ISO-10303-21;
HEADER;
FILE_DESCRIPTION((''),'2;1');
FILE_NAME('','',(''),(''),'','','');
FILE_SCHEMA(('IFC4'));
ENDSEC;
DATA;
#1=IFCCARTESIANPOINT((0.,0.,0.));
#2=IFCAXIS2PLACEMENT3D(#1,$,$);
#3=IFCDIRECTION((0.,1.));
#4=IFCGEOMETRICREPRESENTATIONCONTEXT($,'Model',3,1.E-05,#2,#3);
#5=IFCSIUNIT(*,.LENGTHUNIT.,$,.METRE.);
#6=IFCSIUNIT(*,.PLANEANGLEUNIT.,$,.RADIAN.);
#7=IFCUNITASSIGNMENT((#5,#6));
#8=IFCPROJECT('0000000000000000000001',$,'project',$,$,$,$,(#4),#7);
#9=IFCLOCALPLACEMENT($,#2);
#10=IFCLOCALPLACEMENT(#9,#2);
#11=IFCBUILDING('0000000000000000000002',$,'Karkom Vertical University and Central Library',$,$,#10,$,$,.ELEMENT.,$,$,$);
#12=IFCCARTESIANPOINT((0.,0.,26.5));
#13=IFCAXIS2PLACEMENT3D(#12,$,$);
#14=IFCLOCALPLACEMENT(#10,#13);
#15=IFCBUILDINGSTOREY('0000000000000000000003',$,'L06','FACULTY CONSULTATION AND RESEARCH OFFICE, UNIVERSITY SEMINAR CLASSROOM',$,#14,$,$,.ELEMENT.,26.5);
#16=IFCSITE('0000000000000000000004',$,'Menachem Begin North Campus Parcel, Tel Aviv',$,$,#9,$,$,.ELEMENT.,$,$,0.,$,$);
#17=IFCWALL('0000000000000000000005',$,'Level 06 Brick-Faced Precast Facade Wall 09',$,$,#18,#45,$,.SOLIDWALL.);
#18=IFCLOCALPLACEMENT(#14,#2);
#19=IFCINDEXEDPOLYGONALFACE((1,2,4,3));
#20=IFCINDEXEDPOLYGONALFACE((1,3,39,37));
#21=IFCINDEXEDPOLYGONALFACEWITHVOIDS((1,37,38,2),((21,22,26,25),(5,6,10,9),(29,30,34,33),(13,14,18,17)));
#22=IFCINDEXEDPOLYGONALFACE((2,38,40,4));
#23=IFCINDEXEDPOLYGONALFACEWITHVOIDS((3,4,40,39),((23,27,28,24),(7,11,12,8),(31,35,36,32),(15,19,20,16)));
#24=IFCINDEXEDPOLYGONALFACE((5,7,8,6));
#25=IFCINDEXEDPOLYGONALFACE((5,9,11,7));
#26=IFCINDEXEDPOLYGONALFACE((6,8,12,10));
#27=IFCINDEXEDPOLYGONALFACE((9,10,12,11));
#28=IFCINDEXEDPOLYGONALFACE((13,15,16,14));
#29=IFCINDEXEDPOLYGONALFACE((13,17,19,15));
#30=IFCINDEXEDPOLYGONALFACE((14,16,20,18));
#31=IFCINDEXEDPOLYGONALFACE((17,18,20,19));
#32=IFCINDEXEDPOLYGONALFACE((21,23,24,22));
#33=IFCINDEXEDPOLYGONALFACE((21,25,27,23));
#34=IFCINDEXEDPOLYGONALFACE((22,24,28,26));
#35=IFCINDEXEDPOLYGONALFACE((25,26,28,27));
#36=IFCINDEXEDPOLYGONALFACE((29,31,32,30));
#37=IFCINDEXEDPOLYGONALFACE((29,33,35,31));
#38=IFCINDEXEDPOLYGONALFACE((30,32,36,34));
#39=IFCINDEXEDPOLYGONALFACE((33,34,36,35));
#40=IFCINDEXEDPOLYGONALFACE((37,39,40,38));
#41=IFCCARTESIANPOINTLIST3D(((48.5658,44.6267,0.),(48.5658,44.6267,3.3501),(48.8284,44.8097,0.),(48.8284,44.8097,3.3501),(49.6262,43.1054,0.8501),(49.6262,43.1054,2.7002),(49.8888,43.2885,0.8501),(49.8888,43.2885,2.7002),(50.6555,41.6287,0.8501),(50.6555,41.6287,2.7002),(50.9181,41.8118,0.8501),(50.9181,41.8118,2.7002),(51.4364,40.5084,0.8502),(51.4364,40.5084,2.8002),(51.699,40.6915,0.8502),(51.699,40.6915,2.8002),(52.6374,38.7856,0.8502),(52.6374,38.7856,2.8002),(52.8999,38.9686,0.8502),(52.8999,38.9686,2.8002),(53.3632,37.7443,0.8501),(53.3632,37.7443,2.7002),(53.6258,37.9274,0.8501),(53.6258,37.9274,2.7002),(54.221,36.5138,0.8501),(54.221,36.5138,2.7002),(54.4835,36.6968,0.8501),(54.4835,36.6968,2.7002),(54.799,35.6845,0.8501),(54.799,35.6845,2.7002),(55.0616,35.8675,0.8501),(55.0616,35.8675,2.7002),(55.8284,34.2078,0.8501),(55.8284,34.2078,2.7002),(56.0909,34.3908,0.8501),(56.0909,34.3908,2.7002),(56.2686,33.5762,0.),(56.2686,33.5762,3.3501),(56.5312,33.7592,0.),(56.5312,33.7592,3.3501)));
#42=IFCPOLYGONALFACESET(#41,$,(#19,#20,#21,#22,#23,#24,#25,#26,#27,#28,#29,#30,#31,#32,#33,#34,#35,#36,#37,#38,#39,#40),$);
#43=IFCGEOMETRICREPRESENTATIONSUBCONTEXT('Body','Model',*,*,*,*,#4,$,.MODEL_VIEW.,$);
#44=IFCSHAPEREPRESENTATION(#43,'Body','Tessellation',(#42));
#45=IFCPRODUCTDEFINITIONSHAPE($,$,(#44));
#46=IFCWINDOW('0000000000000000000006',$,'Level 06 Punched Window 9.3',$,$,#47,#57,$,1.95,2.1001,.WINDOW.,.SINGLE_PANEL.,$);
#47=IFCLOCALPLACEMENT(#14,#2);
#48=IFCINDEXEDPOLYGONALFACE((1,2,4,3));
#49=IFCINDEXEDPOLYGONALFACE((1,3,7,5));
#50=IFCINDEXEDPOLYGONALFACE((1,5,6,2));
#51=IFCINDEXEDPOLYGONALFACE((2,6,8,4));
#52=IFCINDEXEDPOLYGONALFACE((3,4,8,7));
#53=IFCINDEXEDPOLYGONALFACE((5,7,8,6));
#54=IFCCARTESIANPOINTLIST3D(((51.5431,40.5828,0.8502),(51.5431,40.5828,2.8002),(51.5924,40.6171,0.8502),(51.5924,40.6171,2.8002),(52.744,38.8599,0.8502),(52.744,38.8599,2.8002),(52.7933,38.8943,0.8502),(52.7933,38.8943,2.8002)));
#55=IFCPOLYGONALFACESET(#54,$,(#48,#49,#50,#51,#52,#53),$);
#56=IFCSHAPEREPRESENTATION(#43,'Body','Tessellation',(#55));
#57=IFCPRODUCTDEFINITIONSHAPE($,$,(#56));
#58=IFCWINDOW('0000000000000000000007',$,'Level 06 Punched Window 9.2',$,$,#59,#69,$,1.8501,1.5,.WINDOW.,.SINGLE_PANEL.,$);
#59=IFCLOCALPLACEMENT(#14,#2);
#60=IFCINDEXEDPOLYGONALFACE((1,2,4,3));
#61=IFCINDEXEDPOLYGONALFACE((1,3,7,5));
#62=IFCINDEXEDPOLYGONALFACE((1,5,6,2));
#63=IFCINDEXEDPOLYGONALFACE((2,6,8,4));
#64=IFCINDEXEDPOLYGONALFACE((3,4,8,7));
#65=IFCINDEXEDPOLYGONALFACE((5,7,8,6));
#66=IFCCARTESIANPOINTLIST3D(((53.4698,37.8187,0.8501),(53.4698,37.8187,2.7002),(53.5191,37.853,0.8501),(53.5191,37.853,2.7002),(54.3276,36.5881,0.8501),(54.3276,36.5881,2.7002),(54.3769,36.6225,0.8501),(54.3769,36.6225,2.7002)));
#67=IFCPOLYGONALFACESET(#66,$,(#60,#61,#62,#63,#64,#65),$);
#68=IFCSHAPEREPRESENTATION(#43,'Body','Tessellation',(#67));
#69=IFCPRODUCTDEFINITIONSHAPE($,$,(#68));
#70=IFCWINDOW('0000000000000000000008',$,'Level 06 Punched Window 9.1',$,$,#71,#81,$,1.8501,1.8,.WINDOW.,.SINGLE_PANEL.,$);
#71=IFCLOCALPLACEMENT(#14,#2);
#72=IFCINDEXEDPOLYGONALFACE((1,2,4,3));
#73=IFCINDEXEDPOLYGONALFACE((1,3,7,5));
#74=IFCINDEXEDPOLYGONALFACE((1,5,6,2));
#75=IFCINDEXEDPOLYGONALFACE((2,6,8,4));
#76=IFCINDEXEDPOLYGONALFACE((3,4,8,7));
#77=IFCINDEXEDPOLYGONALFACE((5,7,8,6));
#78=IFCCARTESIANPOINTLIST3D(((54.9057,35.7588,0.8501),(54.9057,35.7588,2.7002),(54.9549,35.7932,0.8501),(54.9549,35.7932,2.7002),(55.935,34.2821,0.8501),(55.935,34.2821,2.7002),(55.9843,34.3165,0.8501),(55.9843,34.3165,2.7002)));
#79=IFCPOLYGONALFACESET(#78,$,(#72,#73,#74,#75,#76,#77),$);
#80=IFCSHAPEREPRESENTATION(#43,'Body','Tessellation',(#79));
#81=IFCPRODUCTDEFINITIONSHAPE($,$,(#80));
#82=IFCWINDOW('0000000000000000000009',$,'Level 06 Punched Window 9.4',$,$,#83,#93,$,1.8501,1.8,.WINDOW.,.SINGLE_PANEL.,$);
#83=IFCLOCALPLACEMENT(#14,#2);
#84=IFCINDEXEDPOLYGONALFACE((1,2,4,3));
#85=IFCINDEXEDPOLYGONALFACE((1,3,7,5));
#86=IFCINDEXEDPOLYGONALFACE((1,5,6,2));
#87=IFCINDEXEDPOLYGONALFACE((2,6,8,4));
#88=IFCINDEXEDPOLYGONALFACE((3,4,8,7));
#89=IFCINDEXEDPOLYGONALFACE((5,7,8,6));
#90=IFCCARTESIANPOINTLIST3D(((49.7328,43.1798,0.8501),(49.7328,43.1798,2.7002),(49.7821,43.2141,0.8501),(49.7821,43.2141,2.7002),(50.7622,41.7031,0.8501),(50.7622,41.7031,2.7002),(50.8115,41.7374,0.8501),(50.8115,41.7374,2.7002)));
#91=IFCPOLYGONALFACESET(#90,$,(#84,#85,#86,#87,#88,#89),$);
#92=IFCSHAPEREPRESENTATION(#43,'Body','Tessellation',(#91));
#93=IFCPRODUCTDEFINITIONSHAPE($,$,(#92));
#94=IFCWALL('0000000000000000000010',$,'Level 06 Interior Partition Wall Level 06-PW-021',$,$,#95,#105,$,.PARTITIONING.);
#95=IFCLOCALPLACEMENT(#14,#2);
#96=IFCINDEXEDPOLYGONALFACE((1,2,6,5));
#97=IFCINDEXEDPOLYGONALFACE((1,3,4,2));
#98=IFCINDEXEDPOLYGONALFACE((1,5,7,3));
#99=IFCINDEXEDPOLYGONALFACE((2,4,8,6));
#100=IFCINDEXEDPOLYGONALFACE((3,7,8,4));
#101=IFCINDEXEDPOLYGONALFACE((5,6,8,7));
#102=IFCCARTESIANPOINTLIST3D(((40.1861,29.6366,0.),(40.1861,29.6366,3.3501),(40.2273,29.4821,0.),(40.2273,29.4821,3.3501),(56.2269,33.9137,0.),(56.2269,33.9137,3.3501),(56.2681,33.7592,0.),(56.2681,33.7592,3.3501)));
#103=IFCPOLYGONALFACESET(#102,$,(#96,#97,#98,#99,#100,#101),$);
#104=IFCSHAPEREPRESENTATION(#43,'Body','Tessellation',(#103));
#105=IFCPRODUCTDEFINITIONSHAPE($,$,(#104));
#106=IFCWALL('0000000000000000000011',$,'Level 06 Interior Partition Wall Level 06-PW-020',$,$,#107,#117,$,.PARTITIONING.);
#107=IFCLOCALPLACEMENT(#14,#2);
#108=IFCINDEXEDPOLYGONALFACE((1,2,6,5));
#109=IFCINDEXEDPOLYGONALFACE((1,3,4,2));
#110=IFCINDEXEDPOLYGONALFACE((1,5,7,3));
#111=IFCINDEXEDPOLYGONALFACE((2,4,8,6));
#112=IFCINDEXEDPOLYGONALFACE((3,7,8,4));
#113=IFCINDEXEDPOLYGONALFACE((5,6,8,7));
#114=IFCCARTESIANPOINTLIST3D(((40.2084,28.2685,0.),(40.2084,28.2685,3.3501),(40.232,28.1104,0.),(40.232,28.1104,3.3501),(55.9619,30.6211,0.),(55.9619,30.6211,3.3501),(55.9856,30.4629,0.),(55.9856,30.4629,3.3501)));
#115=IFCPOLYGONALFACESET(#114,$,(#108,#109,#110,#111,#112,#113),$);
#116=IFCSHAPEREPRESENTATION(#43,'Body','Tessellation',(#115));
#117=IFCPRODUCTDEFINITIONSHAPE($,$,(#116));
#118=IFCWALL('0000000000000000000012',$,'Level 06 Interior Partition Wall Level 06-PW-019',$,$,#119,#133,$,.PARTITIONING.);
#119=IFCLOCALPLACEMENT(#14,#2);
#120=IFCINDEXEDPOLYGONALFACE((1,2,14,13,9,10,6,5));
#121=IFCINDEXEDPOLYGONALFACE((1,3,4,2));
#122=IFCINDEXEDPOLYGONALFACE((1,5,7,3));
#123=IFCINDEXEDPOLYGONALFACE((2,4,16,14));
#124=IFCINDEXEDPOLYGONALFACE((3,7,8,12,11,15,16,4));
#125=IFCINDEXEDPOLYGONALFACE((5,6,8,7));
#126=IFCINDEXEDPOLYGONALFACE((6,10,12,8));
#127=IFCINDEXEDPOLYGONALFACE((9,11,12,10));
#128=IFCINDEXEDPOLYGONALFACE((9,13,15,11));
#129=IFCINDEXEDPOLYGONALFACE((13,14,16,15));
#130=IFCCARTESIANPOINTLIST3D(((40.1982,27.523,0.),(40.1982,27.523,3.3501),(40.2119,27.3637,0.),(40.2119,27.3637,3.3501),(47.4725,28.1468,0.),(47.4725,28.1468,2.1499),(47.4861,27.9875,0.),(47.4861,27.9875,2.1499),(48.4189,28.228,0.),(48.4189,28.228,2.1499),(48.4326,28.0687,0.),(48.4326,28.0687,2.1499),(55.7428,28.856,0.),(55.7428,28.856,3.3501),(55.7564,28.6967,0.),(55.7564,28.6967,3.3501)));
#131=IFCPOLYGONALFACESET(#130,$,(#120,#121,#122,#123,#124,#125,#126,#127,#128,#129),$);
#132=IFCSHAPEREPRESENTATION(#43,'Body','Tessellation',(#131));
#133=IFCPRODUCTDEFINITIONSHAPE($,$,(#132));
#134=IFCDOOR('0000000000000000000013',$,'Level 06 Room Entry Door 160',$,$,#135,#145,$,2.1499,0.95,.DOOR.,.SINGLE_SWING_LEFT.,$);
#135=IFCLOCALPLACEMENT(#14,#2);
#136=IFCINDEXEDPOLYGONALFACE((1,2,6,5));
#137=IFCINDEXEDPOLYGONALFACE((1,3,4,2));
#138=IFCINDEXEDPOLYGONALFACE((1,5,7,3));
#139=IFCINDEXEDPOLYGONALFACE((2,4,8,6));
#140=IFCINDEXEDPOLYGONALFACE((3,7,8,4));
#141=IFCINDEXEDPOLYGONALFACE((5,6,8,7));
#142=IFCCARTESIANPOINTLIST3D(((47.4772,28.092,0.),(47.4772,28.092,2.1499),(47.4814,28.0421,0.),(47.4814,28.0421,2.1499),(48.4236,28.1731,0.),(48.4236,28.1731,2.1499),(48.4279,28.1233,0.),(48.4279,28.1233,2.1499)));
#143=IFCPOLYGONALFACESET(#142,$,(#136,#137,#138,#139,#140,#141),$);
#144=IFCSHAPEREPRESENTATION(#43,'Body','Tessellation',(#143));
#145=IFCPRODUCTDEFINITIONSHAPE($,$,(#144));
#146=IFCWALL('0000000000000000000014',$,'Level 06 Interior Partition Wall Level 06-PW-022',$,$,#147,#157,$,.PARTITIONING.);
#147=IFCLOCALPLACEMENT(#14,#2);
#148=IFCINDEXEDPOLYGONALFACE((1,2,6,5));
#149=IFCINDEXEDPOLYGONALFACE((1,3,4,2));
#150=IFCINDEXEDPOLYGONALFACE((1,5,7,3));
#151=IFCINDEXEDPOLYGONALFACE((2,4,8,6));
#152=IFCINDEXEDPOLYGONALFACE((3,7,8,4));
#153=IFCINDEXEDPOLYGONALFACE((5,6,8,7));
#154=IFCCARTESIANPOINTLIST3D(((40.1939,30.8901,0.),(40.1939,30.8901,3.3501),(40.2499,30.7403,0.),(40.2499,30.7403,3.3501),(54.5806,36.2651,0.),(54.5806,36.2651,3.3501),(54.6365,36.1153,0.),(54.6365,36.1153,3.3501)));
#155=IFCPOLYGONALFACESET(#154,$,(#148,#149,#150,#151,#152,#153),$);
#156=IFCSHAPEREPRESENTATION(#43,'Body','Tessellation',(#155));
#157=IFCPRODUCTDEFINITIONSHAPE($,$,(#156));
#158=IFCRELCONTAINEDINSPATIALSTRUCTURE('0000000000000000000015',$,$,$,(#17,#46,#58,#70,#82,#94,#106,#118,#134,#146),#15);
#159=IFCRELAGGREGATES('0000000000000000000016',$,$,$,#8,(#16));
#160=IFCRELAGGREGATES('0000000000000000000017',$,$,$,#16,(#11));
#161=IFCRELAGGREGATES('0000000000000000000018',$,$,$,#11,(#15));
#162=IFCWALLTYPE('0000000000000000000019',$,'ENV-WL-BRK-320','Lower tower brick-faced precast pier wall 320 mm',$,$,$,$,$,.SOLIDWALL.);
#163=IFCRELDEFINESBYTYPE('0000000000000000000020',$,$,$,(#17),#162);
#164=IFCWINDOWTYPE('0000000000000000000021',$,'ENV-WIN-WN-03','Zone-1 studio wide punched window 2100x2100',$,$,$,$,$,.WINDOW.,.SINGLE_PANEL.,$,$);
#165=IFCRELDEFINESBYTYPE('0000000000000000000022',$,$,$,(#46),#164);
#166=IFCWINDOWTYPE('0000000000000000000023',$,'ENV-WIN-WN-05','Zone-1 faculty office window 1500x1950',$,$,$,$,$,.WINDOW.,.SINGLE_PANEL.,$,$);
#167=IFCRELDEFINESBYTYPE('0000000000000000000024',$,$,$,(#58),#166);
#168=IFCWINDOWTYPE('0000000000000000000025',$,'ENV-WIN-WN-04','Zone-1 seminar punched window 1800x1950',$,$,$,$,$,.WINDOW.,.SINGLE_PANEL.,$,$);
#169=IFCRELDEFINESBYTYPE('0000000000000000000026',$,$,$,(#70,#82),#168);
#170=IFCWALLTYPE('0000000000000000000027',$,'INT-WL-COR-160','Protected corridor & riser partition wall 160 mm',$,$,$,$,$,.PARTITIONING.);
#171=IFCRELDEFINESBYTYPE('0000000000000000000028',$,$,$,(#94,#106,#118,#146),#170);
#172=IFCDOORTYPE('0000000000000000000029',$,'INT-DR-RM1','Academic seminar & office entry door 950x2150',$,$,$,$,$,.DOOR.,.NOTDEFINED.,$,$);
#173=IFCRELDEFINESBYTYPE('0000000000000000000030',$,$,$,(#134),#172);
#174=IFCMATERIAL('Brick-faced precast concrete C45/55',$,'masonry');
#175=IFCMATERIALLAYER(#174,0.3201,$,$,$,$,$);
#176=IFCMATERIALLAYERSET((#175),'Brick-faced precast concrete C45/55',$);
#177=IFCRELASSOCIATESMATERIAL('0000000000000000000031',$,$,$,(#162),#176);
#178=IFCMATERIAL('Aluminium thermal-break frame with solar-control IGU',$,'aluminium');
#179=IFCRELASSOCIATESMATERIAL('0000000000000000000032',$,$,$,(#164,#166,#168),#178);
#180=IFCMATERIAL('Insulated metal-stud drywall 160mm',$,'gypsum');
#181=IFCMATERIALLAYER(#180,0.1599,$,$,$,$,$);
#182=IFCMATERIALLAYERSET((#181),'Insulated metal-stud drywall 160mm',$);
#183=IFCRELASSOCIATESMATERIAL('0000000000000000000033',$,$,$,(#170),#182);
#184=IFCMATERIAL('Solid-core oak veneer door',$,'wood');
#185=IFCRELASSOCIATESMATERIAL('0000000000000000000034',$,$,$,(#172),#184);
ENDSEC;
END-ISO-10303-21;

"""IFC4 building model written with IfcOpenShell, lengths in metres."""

from ifc_helpers import new_model, si_unit, direction, frame, frame_2d, origin, origin_with_axes, place, context, subcontext, project, spatial, rectangle, extrude, source, transform, mapped, material, layer, layer_set, type_object, element, fill, save


model = new_model("IFC4")

# Units and contexts
model_context = context("Model", 3, precision=1e-05, world=origin(), true_north=direction((0.0, 1.0)))
body_context = subcontext(model_context, "Body", "Model", "MODEL_VIEW")
ifc_project = project(units=[si_unit("LENGTHUNIT", "METRE"), si_unit("PLANEANGLEUNIT", "RADIAN")], contexts=[model_context])

# Site, building, storey
site_placement = place(None, origin())
site = spatial("IfcSite", under=ifc_project, at=site_placement, Name="Menachem Begin North Campus Parcel, Tel Aviv", CompositionType="ELEMENT", RefElevation=0.0)
building_placement = place(site_placement, origin())
building = spatial("IfcBuilding", under=site, at=building_placement, Name="Karkom Vertical University and Central Library", CompositionType="ELEMENT")
storey_placement = place(building_placement, frame((0.0, 0.0, 26.5)))
storey = spatial("IfcBuildingStorey", under=building, at=storey_placement, Name="L06", Description="FACULTY CONSULTATION AND RESEARCH OFFICE, UNIVERSITY SEMINAR CLASSROOM", CompositionType="ELEMENT", Elevation=26.5)

# Wall, openings, windows
ifc_material_1 = material(Name="Brick-faced precast concrete C45/55", Category="masonry")
ifc_layer_1 = layer(ifc_material_1, 0.3201)
ifc_layer_set_1 = layer_set([ifc_layer_1], Name="Brick-faced precast concrete C45/55")
wall_type_1 = type_object("IfcWallType", Name="ENV-WL-BRK-320", Description="Lower tower brick-faced precast pier wall 320 mm", PredefinedType="SOLIDWALL", material=ifc_layer_set_1)
wall_1_placement = place(storey_placement, frame((56.3999, 33.6677, 0.0), z_axis=(0.0, 0.0, 1.0), x_axis=(-0.571842, 0.820364, 0.0)))
wall_1 = element("IfcWall", 1, at=wall_1_placement, inside=storey, type_object=wall_type_1, Name="Level 06 Brick-Faced Precast Facade Wall 09", PredefinedType="SOLIDWALL", context=body_context, shape_type="SweptSolid", body=[
    extrude(rectangle(XDim=13.4702, YDim=0.3201, at=frame_2d((6.7351, 0.0))), origin(), (0.0, 0.0, 1.0), 3.3501),
])
opening_1_placement = place(wall_1_placement, frame((0.77, 0.0, 0.8501)))
opening_1 = element("IfcOpeningElement", 2, at=opening_1_placement, cuts=wall_1, PredefinedType="OPENING", context=body_context, shape_type="SweptSolid", body=[
    extrude(rectangle(XDim=1.8, YDim=1.8501, at=frame_2d((0.8999, 0.925))), frame((0.0, 0.1699, 0.0), z_axis=(0.0, -1.0, 0.0), x_axis=(1.0, 0.0, 0.0)), (0.0, 0.0, 1.0), 0.3401),
])
opening_2_placement = place(wall_1_placement, frame((3.5808, 0.0, 0.8501)))
opening_2 = element("IfcOpeningElement", 3, at=opening_2_placement, cuts=wall_1, PredefinedType="OPENING", context=body_context, shape_type="SweptSolid", body=[
    extrude(rectangle(XDim=1.5, YDim=1.8501, at=frame_2d((0.75, 0.925))), frame((0.0, 0.1699, 0.0), z_axis=(0.0, -1.0, 0.0), x_axis=(1.0, 0.0, 0.0)), (0.0, 0.0, 1.0), 0.3401),
])
opening_3_placement = place(wall_1_placement, frame((6.3501, 0.0, 0.8501)))
opening_3 = element("IfcOpeningElement", 4, at=opening_3_placement, cuts=wall_1, PredefinedType="OPENING", context=body_context, shape_type="SweptSolid", body=[
    extrude(rectangle(XDim=2.1001, YDim=1.95, at=frame_2d((1.05, 0.9751))), frame((0.0, 0.1699, 0.0), z_axis=(0.0, -1.0, 0.0), x_axis=(1.0, 0.0, 0.0)), (0.0, 0.0, 1.0), 0.3401),
])
opening_4_placement = place(wall_1_placement, frame((9.8159, 0.0, 0.8501)))
opening_4 = element("IfcOpeningElement", 5, at=opening_4_placement, cuts=wall_1, PredefinedType="OPENING", context=body_context, shape_type="SweptSolid", body=[
    extrude(rectangle(XDim=1.8, YDim=1.8501, at=frame_2d((0.8999, 0.925))), frame((0.0, 0.1699, 0.0), z_axis=(0.0, -1.0, 0.0), x_axis=(1.0, 0.0, 0.0)), (0.0, 0.0, 1.0), 0.3401),
])
ifc_material_2 = material(Name="Aluminium thermal-break frame with solar-control IGU", Category="aluminium")
window_type_1 = type_object("IfcWindowType", Name="ENV-WIN-WN-03", Description="Zone-1 studio wide punched window 2100x2100", PartitioningType="SINGLE_PANEL", PredefinedType="WINDOW", material=ifc_material_2)
shared_shape_1 = source(origin_with_axes(), body_context, "Body", "SweptSolid", [
    extrude(rectangle(XDim=2.1001, YDim=1.95, at=frame_2d((1.05, 0.9751))), frame((0.0, 0.03, 0.0), z_axis=(0.0, -1.0, 0.0), x_axis=(1.0, 0.0, 0.0)), (0.0, 0.0, 1.0), 0.0601),
])
window_1_placement = place(opening_3_placement, origin())
window_1 = element("IfcWindow", 6, at=window_1_placement, inside=storey, type_object=window_type_1, Name="Level 06 Punched Window 9.3", OverallHeight=1.95, OverallWidth=2.1001, PartitioningType="SINGLE_PANEL", PredefinedType="WINDOW", context=body_context, shape_type="MappedRepresentation", body=[
    mapped(shared_shape_1, transform((0.0, 0.0, 0.0), scale=1.0)),
])
fill(opening_3, window_1)
window_type_2 = type_object("IfcWindowType", Name="ENV-WIN-WN-05", Description="Zone-1 faculty office window 1500x1950", PartitioningType="SINGLE_PANEL", PredefinedType="WINDOW", material=ifc_material_2)
shared_shape_2 = source(origin_with_axes(), body_context, "Body", "SweptSolid", [
    extrude(rectangle(XDim=1.5, YDim=1.8501, at=frame_2d((0.75, 0.925))), frame((0.0, 0.03, 0.0), z_axis=(0.0, -1.0, 0.0), x_axis=(1.0, 0.0, 0.0)), (0.0, 0.0, 1.0), 0.0601),
])
window_2_placement = place(opening_2_placement, origin())
window_2 = element("IfcWindow", 7, at=window_2_placement, inside=storey, type_object=window_type_2, Name="Level 06 Punched Window 9.2", OverallHeight=1.8501, OverallWidth=1.5, PartitioningType="SINGLE_PANEL", PredefinedType="WINDOW", context=body_context, shape_type="MappedRepresentation", body=[
    mapped(shared_shape_2, transform((0.0, 0.0, 0.0), scale=1.0)),
])
fill(opening_2, window_2)
window_type_3 = type_object("IfcWindowType", Name="ENV-WIN-WN-04", Description="Zone-1 seminar punched window 1800x1950", PartitioningType="SINGLE_PANEL", PredefinedType="WINDOW", material=ifc_material_2)
shared_shape_3 = source(origin_with_axes(), body_context, "Body", "SweptSolid", [
    extrude(rectangle(XDim=1.8, YDim=1.8501, at=frame_2d((0.8999, 0.925))), frame((0.0, 0.03, 0.0), z_axis=(0.0, -1.0, 0.0), x_axis=(1.0, 0.0, 0.0)), (0.0, 0.0, 1.0), 0.0601),
])
window_3_placement = place(opening_1_placement, origin())
window_3 = element("IfcWindow", 8, at=window_3_placement, inside=storey, type_object=window_type_3, Name="Level 06 Punched Window 9.1", OverallHeight=1.8501, OverallWidth=1.8, PartitioningType="SINGLE_PANEL", PredefinedType="WINDOW", context=body_context, shape_type="MappedRepresentation", body=[
    mapped(shared_shape_3, transform((0.0, 0.0, 0.0), scale=1.0)),
])
fill(opening_1, window_3)
window_4_placement = place(opening_4_placement, origin())
window_4 = element("IfcWindow", 9, at=window_4_placement, inside=storey, type_object=window_type_3, Name="Level 06 Punched Window 9.4", OverallHeight=1.8501, OverallWidth=1.8, PartitioningType="SINGLE_PANEL", PredefinedType="WINDOW", context=body_context, shape_type="MappedRepresentation", body=[
    mapped(shared_shape_3, transform((0.0, 0.0, 0.0), scale=1.0)),
])
fill(opening_4, window_4)

# Walls
ifc_material_3 = material(Name="Insulated metal-stud drywall 160mm", Category="gypsum")
ifc_layer_2 = layer(ifc_material_3, 0.1599)
ifc_layer_set_2 = layer_set([ifc_layer_2], Name="Insulated metal-stud drywall 160mm")
wall_type_2 = type_object("IfcWallType", Name="INT-WL-COR-160", Description="Protected corridor & riser partition wall 160 mm", PredefinedType="PARTITIONING", material=ifc_layer_set_2)
wall_2_placement = place(storey_placement, frame((40.2065, 29.5593, 0.0), z_axis=(0.0, 0.0, 1.0), x_axis=(0.966242, 0.257638, 0.0)))
element("IfcWall", 10, at=wall_2_placement, inside=storey, type_object=wall_type_2, Name="Level 06 Interior Partition Wall Level 06-PW-021", PredefinedType="PARTITIONING", context=body_context, shape_type="SweptSolid", body=[
    extrude(rectangle(XDim=16.6013, YDim=0.1599, at=frame_2d((8.3008, 0.0))), origin(), (0.0, 0.0, 1.0), 3.3501),
])
wall_3_placement = place(storey_placement, frame((40.2202, 28.1895, 0.0), z_axis=(0.0, 0.0, 1.0), x_axis=(0.989033, 0.147697, 0.0)))
element("IfcWall", 11, at=wall_3_placement, inside=storey, type_object=wall_type_2, Name="Level 06 Interior Partition Wall Level 06-PW-020", PredefinedType="PARTITIONING", context=body_context, shape_type="SweptSolid", body=[
    extrude(rectangle(XDim=15.9282, YDim=0.1599, at=frame_2d((7.9641, 0.0))), origin(), (0.0, 0.0, 1.0), 3.3501),
])

# Wall, opening, door
wall_4_placement = place(storey_placement, frame((40.2051, 27.4434, 0.0), z_axis=(0.0, 0.0, 1.0), x_axis=(0.996343, 0.085441, 0.0)))
wall_4 = element("IfcWall", 12, at=wall_4_placement, inside=storey, type_object=wall_type_2, Name="Level 06 Interior Partition Wall Level 06-PW-019", PredefinedType="PARTITIONING", context=body_context, shape_type="SweptSolid", body=[
    extrude(rectangle(XDim=15.6016, YDim=0.1599, at=frame_2d((7.8008, 0.0))), origin(), (0.0, 0.0, 1.0), 3.3501),
])
opening_5_placement = place(wall_4_placement, frame((7.3008, 0.0, 0.0)))
opening_5 = element("IfcOpeningElement", 13, at=opening_5_placement, cuts=wall_4, PredefinedType="OPENING", context=body_context, shape_type="SweptSolid", body=[
    extrude(rectangle(XDim=0.95, YDim=2.1499, at=frame_2d((0.4751, 1.075))), frame((0.0, 0.0898, 0.0), z_axis=(0.0, -1.0, 0.0), x_axis=(1.0, 0.0, 0.0)), (0.0, 0.0, 1.0), 0.1799),
])
ifc_material_4 = material(Name="Solid-core oak veneer door", Category="wood")
door_type_1 = type_object("IfcDoorType", Name="INT-DR-RM1", Description="Academic seminar & office entry door 950x2150", OperationType="NOTDEFINED", PredefinedType="DOOR", material=ifc_material_4)
shared_shape_4 = source(origin_with_axes(), body_context, "Body", "SweptSolid", [
    extrude(rectangle(XDim=0.95, YDim=2.1499, at=frame_2d((0.4751, 1.075))), frame((0.0, 0.0249, 0.0), z_axis=(0.0, -1.0, 0.0), x_axis=(1.0, 0.0, 0.0)), (0.0, 0.0, 1.0), 0.05),
])
door_1_placement = place(opening_5_placement, origin())
door_1 = element("IfcDoor", 14, at=door_1_placement, inside=storey, type_object=door_type_1, Name="Level 06 Room Entry Door 160", OperationType="SINGLE_SWING_LEFT", OverallHeight=2.1499, OverallWidth=0.95, PredefinedType="DOOR", context=body_context, shape_type="MappedRepresentation", body=[
    mapped(shared_shape_4, transform((0.0, 0.0, 0.0), scale=1.0)),
])
fill(opening_5, door_1)

# Wall
wall_5_placement = place(storey_placement, frame((40.2219, 30.8152, 0.0), z_axis=(0.0, 0.0, 1.0), x_axis=(0.936757, 0.34998, 0.0)))
element("IfcWall", 15, at=wall_5_placement, inside=storey, type_object=wall_type_2, Name="Level 06 Interior Partition Wall Level 06-PW-022", PredefinedType="PARTITIONING", context=body_context, shape_type="SweptSolid", body=[
    extrude(rectangle(XDim=15.3579, YDim=0.1599, at=frame_2d((7.679, 0.0))), origin(), (0.0, 0.0, 1.0), 3.3501),
])

save(model, "model.ifc")
